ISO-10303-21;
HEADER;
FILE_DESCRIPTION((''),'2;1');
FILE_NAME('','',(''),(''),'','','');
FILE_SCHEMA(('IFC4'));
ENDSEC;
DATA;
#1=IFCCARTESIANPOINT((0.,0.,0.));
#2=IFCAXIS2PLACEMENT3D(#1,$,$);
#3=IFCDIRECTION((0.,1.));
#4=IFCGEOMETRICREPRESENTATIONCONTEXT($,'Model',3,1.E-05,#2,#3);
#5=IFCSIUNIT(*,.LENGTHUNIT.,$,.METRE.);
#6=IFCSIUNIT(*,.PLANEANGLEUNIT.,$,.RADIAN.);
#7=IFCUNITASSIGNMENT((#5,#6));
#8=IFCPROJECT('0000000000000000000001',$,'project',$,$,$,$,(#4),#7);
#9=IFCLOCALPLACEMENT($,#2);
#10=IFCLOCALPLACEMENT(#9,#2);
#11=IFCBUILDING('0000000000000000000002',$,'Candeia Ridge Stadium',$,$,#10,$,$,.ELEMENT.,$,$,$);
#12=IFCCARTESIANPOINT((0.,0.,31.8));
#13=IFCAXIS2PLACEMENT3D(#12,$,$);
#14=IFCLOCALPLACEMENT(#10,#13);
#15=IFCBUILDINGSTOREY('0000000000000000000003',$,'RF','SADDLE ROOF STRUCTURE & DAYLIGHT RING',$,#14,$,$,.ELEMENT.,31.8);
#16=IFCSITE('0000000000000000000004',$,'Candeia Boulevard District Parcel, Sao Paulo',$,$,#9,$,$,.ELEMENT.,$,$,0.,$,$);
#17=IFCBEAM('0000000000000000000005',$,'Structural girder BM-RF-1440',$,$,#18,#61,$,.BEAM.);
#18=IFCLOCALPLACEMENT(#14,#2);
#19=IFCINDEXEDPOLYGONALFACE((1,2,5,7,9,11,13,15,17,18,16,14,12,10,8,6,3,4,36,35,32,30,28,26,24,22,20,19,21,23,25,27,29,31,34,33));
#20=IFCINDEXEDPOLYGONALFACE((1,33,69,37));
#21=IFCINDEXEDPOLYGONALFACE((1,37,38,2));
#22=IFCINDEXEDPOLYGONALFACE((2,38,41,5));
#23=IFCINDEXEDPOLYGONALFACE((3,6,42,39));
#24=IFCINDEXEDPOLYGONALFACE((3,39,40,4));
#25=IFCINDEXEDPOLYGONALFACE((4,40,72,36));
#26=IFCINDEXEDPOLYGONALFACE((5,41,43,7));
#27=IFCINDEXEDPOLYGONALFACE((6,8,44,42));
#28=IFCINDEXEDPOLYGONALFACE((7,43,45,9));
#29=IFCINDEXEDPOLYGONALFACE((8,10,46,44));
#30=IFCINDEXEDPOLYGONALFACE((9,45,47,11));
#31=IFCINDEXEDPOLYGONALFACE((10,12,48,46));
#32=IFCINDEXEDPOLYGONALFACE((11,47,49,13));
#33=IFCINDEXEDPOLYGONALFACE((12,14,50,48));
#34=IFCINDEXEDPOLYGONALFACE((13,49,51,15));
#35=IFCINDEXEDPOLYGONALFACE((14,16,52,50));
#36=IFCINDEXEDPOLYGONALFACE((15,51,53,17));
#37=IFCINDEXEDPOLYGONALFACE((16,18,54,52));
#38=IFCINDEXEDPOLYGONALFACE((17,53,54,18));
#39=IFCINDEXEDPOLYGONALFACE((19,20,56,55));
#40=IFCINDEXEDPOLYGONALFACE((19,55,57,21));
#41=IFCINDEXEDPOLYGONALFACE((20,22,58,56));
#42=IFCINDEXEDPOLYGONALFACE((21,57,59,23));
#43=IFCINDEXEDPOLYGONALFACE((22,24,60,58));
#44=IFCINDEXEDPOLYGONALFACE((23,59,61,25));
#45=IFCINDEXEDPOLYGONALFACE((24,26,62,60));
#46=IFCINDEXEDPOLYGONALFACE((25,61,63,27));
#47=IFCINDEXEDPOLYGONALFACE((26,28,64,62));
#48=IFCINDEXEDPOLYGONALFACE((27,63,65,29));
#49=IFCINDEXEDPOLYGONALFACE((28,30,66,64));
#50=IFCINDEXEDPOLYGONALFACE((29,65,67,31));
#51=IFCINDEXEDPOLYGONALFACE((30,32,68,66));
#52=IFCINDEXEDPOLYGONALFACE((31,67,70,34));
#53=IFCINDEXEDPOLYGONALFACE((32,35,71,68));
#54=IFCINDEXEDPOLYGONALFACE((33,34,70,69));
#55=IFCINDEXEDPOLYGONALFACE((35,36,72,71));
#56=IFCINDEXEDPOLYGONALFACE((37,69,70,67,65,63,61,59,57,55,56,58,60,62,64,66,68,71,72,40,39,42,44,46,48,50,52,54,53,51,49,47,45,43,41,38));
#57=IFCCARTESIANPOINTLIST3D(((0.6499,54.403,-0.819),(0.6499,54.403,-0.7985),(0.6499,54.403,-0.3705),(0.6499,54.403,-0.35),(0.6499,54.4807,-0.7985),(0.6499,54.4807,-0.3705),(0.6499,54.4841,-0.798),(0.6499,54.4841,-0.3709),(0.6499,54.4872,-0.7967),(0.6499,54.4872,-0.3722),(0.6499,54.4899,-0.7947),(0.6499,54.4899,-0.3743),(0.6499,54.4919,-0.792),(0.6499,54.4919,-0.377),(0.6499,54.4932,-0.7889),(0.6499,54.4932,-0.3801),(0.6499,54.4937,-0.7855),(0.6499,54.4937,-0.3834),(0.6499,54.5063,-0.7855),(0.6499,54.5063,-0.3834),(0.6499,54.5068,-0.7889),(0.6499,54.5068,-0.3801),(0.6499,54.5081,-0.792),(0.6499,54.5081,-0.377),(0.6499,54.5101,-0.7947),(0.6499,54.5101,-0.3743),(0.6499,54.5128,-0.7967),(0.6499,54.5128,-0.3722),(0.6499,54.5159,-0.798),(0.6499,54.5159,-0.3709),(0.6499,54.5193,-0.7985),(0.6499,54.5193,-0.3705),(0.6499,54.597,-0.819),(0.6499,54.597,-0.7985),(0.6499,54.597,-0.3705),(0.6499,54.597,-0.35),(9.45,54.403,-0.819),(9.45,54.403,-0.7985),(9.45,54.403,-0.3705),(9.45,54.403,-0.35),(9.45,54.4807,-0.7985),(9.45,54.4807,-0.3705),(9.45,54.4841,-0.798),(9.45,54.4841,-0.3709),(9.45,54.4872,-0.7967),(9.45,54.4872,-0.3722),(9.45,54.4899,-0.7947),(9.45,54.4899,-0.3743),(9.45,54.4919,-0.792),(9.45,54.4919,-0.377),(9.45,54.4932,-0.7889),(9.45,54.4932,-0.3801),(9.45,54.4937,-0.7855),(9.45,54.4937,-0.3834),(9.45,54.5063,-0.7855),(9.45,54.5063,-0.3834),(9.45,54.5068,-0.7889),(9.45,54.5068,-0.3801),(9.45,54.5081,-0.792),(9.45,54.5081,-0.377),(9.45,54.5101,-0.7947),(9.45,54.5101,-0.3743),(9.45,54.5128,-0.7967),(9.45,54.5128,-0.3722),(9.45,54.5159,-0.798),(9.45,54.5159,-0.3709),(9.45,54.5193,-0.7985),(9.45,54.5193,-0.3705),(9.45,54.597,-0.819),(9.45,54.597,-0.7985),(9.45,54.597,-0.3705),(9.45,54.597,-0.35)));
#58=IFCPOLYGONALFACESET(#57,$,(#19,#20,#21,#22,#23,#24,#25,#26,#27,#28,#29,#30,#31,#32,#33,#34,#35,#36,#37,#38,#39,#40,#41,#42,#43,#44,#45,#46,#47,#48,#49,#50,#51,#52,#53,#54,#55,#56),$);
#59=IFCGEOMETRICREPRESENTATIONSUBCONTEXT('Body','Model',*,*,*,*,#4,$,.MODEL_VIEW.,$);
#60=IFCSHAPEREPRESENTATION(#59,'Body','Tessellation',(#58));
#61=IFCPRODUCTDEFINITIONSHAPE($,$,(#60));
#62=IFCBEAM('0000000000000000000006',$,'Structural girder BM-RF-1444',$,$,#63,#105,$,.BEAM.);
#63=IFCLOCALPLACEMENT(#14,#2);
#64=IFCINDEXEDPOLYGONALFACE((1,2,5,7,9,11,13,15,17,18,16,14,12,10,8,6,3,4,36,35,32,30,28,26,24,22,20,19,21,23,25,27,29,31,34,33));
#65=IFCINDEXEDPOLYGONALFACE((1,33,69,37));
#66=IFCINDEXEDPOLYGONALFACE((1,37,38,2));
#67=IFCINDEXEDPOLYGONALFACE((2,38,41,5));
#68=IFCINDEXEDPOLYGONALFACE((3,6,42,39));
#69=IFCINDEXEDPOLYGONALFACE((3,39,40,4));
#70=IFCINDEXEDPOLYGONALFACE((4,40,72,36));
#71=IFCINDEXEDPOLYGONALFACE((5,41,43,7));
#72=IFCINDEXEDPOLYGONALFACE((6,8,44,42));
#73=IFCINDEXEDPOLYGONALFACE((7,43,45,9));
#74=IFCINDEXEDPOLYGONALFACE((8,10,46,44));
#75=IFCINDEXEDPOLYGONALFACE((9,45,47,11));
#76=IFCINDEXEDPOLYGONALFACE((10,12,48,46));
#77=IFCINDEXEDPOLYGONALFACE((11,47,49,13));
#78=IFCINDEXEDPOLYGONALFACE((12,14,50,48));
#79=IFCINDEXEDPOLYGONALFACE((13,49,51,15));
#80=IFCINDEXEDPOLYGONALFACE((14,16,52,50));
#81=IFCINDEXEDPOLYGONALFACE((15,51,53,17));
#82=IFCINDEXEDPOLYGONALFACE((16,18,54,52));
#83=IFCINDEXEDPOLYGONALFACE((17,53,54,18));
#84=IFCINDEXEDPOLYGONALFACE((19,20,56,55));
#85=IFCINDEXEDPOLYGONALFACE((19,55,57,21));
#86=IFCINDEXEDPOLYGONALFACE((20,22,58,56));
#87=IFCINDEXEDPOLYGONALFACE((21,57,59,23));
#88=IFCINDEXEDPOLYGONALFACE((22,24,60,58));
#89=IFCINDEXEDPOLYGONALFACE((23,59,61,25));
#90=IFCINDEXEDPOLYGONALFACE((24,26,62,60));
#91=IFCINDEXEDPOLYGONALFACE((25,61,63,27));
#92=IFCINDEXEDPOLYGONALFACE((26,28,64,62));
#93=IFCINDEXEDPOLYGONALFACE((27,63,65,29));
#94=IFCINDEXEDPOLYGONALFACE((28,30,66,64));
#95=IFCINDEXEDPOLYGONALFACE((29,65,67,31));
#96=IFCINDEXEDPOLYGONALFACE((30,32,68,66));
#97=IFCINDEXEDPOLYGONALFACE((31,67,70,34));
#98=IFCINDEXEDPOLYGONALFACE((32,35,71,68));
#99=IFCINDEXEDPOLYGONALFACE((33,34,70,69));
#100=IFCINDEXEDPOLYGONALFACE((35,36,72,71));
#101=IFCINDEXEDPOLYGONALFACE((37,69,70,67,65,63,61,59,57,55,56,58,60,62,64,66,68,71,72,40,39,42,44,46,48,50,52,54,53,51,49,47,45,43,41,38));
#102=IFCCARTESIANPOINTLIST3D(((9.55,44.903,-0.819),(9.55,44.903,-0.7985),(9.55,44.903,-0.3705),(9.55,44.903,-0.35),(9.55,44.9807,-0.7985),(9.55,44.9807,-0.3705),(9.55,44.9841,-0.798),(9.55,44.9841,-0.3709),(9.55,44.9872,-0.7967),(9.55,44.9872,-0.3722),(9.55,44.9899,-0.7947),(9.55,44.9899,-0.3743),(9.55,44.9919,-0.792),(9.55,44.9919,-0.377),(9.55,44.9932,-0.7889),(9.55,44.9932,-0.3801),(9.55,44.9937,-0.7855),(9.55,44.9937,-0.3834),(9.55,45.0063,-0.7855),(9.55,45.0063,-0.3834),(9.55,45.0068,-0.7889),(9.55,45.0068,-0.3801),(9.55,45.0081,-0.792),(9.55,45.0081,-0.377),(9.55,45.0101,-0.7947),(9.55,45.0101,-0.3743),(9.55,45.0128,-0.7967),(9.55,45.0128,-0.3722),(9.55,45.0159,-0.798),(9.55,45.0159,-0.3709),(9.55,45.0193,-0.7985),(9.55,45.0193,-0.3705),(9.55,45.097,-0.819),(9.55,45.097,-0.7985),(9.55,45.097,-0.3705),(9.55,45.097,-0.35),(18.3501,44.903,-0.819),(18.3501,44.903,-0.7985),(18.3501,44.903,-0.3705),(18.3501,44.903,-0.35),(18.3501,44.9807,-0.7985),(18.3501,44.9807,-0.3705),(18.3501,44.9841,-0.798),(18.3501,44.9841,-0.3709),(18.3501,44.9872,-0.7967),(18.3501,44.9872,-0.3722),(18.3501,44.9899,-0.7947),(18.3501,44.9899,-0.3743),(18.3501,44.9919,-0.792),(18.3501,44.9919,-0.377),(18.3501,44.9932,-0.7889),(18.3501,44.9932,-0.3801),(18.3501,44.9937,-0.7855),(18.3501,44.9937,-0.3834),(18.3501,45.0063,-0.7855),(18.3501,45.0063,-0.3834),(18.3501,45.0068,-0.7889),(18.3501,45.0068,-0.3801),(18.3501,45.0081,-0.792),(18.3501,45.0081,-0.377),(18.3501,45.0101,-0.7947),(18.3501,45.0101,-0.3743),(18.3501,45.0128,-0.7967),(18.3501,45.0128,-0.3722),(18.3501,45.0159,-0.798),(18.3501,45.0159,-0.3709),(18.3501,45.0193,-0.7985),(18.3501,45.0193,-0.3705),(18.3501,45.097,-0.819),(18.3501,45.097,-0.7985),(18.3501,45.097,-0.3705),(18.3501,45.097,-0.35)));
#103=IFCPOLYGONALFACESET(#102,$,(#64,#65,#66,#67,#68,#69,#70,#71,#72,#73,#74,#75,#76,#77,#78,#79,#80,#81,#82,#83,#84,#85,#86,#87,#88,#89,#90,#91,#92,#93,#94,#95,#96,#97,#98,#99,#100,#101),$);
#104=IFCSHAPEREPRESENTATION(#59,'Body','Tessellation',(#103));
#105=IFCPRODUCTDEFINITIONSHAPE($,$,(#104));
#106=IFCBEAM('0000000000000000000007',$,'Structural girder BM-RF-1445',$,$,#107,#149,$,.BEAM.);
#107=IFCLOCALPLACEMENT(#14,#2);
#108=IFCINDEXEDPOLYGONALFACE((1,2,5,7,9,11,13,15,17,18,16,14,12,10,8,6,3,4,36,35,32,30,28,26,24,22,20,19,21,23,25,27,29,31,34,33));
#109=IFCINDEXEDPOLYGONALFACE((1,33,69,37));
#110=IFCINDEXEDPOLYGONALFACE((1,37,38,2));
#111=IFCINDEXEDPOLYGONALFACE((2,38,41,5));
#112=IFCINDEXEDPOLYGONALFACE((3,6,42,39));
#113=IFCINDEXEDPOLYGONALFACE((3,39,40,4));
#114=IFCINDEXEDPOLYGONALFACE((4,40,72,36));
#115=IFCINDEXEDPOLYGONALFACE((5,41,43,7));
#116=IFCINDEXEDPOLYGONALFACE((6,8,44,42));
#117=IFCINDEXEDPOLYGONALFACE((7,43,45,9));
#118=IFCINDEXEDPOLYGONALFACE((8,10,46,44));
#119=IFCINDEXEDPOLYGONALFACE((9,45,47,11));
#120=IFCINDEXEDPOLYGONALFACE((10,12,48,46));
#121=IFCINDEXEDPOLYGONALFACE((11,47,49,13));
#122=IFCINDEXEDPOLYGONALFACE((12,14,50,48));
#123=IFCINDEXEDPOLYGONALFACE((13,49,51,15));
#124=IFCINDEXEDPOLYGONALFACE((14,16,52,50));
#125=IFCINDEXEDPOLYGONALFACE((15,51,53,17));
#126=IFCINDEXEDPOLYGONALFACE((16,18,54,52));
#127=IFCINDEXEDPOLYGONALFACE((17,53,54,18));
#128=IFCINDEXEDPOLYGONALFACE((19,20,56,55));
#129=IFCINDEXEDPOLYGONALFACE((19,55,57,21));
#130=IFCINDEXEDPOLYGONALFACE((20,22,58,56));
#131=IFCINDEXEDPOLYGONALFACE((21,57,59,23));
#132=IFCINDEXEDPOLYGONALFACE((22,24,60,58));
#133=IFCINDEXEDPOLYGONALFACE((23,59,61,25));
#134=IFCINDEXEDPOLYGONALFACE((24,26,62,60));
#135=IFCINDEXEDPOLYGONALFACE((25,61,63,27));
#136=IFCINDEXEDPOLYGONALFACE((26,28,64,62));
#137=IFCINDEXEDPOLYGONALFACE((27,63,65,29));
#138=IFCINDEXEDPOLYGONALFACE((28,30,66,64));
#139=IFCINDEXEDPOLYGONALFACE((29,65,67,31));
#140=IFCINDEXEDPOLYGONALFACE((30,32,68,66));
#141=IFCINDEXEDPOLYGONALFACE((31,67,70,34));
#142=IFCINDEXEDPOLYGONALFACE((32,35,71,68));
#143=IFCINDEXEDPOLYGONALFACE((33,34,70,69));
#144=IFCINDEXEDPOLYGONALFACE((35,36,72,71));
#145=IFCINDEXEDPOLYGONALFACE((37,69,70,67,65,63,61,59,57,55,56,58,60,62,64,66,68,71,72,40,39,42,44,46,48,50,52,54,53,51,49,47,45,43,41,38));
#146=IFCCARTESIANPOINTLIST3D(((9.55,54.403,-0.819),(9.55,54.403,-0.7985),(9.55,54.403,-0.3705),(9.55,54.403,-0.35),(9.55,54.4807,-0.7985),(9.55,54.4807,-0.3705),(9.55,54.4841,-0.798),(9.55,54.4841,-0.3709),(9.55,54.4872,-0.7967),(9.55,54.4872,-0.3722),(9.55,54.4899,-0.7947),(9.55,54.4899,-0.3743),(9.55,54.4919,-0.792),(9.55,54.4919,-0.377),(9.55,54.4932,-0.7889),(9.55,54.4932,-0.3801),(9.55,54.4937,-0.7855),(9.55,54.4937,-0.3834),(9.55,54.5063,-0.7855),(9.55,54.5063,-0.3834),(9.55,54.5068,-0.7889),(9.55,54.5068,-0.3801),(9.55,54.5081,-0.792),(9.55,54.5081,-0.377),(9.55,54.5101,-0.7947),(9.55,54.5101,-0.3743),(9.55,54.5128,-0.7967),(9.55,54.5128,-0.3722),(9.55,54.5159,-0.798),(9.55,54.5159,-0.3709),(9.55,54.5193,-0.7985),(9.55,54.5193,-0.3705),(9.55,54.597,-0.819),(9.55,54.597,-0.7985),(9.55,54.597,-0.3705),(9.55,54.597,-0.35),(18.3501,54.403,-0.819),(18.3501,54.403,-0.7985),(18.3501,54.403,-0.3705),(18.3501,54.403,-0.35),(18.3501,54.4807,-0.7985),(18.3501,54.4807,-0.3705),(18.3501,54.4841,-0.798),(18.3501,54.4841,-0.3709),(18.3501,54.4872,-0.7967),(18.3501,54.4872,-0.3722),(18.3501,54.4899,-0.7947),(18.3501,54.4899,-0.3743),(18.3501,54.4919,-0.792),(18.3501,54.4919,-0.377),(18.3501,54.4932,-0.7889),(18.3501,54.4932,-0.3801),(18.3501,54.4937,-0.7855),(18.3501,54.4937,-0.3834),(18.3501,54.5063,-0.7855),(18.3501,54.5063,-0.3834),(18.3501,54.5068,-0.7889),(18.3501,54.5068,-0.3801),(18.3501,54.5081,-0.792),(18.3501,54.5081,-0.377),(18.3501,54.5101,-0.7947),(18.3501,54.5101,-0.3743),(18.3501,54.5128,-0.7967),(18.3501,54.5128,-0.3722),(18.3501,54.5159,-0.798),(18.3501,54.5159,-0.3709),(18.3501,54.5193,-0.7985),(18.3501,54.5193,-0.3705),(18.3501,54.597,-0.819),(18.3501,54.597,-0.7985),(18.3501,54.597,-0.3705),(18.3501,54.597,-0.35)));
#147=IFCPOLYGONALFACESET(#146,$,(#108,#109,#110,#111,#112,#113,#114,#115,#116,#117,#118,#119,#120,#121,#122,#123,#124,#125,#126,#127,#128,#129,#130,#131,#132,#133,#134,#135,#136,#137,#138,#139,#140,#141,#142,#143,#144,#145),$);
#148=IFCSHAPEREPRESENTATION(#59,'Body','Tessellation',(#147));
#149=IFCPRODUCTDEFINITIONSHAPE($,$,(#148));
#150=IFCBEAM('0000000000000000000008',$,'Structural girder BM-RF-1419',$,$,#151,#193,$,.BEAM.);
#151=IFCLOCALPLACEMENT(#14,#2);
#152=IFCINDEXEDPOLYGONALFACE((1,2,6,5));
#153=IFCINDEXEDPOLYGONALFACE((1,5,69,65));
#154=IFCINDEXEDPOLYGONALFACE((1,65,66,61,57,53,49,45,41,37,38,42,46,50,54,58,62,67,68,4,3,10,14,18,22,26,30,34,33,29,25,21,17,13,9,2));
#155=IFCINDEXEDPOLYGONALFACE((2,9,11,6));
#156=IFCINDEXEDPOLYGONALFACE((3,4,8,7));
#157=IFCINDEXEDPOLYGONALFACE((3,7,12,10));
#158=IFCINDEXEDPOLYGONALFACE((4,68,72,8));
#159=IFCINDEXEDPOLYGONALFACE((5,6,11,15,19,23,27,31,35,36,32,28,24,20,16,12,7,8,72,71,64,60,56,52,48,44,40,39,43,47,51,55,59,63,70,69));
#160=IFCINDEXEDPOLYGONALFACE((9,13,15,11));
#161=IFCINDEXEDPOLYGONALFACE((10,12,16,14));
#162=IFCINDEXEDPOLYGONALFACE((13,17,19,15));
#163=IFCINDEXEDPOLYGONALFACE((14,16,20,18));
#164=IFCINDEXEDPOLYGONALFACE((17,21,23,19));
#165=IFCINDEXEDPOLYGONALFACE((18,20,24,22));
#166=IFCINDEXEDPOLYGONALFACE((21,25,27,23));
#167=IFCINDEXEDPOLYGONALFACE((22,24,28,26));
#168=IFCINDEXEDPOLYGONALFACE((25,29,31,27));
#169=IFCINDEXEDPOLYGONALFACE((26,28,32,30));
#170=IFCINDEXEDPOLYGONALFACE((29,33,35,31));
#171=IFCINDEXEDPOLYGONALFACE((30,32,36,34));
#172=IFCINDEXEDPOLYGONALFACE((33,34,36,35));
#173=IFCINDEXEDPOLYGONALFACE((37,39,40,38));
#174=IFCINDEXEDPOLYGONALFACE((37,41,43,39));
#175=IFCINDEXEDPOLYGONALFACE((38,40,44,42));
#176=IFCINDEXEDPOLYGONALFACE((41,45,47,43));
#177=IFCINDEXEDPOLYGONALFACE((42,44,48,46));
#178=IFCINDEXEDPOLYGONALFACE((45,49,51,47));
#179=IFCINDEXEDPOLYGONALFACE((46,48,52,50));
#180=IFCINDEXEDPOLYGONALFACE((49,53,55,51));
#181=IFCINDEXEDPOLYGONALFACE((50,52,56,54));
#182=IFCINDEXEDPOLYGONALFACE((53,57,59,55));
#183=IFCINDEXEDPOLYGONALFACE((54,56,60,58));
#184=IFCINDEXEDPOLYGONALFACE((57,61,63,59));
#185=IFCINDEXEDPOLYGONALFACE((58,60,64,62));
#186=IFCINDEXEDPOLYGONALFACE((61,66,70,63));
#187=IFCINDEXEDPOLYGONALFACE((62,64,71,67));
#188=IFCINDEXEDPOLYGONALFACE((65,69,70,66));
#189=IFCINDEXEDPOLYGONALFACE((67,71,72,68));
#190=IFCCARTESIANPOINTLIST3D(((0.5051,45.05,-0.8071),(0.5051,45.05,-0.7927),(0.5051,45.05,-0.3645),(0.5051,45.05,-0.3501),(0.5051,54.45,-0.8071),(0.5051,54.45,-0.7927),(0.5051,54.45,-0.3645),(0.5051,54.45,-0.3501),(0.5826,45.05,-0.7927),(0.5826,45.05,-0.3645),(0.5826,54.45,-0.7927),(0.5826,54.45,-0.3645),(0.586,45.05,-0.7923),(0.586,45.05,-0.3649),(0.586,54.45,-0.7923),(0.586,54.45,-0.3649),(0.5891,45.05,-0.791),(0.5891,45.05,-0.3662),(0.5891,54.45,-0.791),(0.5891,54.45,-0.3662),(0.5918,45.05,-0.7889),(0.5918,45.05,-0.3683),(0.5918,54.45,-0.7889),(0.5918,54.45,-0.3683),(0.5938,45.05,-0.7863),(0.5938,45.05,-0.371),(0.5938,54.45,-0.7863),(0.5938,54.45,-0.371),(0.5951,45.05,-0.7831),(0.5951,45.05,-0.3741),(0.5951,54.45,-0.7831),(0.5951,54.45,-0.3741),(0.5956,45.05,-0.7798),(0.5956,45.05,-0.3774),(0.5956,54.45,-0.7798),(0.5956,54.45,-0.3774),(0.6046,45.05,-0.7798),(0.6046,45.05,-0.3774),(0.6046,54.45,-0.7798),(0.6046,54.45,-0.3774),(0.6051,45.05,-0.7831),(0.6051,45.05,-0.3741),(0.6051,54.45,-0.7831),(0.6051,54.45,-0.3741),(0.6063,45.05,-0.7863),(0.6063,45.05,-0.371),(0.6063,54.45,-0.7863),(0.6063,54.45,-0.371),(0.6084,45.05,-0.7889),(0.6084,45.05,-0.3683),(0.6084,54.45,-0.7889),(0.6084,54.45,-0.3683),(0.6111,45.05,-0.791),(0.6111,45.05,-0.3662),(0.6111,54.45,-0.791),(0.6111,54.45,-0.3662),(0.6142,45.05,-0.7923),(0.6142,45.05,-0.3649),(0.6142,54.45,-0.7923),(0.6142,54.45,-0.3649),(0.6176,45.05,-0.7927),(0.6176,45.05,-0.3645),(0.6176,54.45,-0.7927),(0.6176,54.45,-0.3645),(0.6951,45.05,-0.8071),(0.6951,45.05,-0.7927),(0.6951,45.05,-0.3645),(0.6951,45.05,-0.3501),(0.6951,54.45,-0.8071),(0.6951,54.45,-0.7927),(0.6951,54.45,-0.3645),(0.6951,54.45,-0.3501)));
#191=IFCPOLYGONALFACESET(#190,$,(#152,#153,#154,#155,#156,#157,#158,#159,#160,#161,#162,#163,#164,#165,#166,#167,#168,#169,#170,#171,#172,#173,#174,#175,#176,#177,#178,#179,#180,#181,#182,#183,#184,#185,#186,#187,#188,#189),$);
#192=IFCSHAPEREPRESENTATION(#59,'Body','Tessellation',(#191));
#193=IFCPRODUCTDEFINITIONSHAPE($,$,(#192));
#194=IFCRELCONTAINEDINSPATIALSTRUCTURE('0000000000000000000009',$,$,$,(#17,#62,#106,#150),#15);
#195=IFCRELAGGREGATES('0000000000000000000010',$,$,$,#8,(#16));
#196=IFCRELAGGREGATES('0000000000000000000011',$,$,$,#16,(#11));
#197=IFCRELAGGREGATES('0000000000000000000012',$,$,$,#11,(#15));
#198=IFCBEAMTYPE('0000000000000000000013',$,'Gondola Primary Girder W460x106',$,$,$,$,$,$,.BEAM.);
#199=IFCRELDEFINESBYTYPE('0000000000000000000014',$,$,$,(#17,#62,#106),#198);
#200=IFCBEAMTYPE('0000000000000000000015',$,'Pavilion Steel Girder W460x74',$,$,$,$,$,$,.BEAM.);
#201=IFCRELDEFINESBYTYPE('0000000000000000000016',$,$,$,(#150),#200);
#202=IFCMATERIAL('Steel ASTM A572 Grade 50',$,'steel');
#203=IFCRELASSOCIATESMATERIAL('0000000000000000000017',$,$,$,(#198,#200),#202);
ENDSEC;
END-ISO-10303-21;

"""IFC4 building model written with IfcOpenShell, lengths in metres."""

from ifc_helpers import new_model, si_unit, direction, frame, origin, origin_2d, place, context, subcontext, project, spatial, i_section, extrude, material, material_profile, profile_set, type_object, element, save


model = new_model("IFC4")

# Units and contexts
model_context = context("Model", 3, precision=1e-05, world=origin(), true_north=direction((0.0, 1.0)))
body_context = subcontext(model_context, "Body", "Model", "MODEL_VIEW")
ifc_project = project(units=[si_unit("LENGTHUNIT", "METRE"), si_unit("PLANEANGLEUNIT", "RADIAN")], contexts=[model_context])

# Site, building, storey
site_placement = place(None, origin())
site = spatial("IfcSite", under=ifc_project, at=site_placement, Name="Candeia Boulevard District Parcel, Sao Paulo", CompositionType="ELEMENT", RefElevation=0.0)
building_placement = place(site_placement, origin())
building = spatial("IfcBuilding", under=site, at=building_placement, Name="Candeia Ridge Stadium", CompositionType="ELEMENT")
storey_placement = place(building_placement, frame((0.0, 0.0, 31.8)))
storey = spatial("IfcBuildingStorey", under=building, at=storey_placement, Name="RF", Description="SADDLE ROOF STRUCTURE & DAYLIGHT RING", CompositionType="ELEMENT", Elevation=31.8)

# Shared definitions
ifc_material_1 = material(Name="Steel ASTM A572 Grade 50", Category="steel")

# Beams
ifc_material_profile_1 = material_profile(ifc_material_1, i_section(OverallWidth=0.1941, OverallDepth=0.469, WebThickness=0.0127, FlangeThickness=0.0205, FilletRadius=0.0129, at=origin_2d()), Name="W460x106", Category="steel")
ifc_profile_set_1 = profile_set([ifc_material_profile_1], Name="Steel ASTM A572 Grade 50")
beam_type_1 = type_object("IfcBeamType", Name="Gondola Primary Girder W460x106", PredefinedType="BEAM", material=ifc_profile_set_1)
for number, where, z_axis, x_axis, name in (
    (1, (0.6499, 54.5, -0.5845), (1.0, 0.0, 0.0), (0.0, 1.0, 0.0), "Structural girder BM-RF-1440"),
    (2, (9.55, 45.0, -0.5845), (1.0, 0.0, 0.0), (0.0, 1.0, 0.0), "Structural girder BM-RF-1444"),
    (3, (9.55, 54.5, -0.5845), (1.0, 0.0, 0.0), (0.0, 1.0, 0.0), "Structural girder BM-RF-1445"),
):
    element("IfcBeam", number, at=place(storey_placement, frame(where, z_axis=z_axis, x_axis=x_axis)), inside=storey, type_object=beam_type_1, Name=name, PredefinedType="BEAM", context=body_context, shape_type="SweptSolid", body=[
        extrude(i_section(OverallWidth=0.1941, OverallDepth=0.469, WebThickness=0.0127, FlangeThickness=0.0205, FilletRadius=0.0129, at=origin_2d()), origin(), (0.0, 0.0, 1.0), 8.8),
    ])
ifc_material_profile_2 = material_profile(ifc_material_1, i_section(OverallWidth=0.1899, OverallDepth=0.457, WebThickness=0.009, FlangeThickness=0.0144, FilletRadius=0.0129, at=origin_2d()), Name="W460x74", Category="steel")
ifc_profile_set_2 = profile_set([ifc_material_profile_2], Name="Steel ASTM A572 Grade 50")
beam_type_2 = type_object("IfcBeamType", Name="Pavilion Steel Girder W460x74", PredefinedType="BEAM", material=ifc_profile_set_2)
for number, where, z_axis, x_axis, name in (
    (4, (0.6001, 45.05, -0.5786), (0.0, 1.0, 0.0), (-1.0, 0.0, 0.0), "Structural girder BM-RF-1419"),
):
    element("IfcBeam", number, at=place(storey_placement, frame(where, z_axis=z_axis, x_axis=x_axis)), inside=storey, type_object=beam_type_2, Name=name, PredefinedType="BEAM", context=body_context, shape_type="SweptSolid", body=[
        extrude(i_section(OverallWidth=0.1899, OverallDepth=0.457, WebThickness=0.009, FlangeThickness=0.0144, FilletRadius=0.0129, at=origin_2d()), origin(), (0.0, 0.0, 1.0), 9.3999),
    ])

save(model, "model.ifc")
